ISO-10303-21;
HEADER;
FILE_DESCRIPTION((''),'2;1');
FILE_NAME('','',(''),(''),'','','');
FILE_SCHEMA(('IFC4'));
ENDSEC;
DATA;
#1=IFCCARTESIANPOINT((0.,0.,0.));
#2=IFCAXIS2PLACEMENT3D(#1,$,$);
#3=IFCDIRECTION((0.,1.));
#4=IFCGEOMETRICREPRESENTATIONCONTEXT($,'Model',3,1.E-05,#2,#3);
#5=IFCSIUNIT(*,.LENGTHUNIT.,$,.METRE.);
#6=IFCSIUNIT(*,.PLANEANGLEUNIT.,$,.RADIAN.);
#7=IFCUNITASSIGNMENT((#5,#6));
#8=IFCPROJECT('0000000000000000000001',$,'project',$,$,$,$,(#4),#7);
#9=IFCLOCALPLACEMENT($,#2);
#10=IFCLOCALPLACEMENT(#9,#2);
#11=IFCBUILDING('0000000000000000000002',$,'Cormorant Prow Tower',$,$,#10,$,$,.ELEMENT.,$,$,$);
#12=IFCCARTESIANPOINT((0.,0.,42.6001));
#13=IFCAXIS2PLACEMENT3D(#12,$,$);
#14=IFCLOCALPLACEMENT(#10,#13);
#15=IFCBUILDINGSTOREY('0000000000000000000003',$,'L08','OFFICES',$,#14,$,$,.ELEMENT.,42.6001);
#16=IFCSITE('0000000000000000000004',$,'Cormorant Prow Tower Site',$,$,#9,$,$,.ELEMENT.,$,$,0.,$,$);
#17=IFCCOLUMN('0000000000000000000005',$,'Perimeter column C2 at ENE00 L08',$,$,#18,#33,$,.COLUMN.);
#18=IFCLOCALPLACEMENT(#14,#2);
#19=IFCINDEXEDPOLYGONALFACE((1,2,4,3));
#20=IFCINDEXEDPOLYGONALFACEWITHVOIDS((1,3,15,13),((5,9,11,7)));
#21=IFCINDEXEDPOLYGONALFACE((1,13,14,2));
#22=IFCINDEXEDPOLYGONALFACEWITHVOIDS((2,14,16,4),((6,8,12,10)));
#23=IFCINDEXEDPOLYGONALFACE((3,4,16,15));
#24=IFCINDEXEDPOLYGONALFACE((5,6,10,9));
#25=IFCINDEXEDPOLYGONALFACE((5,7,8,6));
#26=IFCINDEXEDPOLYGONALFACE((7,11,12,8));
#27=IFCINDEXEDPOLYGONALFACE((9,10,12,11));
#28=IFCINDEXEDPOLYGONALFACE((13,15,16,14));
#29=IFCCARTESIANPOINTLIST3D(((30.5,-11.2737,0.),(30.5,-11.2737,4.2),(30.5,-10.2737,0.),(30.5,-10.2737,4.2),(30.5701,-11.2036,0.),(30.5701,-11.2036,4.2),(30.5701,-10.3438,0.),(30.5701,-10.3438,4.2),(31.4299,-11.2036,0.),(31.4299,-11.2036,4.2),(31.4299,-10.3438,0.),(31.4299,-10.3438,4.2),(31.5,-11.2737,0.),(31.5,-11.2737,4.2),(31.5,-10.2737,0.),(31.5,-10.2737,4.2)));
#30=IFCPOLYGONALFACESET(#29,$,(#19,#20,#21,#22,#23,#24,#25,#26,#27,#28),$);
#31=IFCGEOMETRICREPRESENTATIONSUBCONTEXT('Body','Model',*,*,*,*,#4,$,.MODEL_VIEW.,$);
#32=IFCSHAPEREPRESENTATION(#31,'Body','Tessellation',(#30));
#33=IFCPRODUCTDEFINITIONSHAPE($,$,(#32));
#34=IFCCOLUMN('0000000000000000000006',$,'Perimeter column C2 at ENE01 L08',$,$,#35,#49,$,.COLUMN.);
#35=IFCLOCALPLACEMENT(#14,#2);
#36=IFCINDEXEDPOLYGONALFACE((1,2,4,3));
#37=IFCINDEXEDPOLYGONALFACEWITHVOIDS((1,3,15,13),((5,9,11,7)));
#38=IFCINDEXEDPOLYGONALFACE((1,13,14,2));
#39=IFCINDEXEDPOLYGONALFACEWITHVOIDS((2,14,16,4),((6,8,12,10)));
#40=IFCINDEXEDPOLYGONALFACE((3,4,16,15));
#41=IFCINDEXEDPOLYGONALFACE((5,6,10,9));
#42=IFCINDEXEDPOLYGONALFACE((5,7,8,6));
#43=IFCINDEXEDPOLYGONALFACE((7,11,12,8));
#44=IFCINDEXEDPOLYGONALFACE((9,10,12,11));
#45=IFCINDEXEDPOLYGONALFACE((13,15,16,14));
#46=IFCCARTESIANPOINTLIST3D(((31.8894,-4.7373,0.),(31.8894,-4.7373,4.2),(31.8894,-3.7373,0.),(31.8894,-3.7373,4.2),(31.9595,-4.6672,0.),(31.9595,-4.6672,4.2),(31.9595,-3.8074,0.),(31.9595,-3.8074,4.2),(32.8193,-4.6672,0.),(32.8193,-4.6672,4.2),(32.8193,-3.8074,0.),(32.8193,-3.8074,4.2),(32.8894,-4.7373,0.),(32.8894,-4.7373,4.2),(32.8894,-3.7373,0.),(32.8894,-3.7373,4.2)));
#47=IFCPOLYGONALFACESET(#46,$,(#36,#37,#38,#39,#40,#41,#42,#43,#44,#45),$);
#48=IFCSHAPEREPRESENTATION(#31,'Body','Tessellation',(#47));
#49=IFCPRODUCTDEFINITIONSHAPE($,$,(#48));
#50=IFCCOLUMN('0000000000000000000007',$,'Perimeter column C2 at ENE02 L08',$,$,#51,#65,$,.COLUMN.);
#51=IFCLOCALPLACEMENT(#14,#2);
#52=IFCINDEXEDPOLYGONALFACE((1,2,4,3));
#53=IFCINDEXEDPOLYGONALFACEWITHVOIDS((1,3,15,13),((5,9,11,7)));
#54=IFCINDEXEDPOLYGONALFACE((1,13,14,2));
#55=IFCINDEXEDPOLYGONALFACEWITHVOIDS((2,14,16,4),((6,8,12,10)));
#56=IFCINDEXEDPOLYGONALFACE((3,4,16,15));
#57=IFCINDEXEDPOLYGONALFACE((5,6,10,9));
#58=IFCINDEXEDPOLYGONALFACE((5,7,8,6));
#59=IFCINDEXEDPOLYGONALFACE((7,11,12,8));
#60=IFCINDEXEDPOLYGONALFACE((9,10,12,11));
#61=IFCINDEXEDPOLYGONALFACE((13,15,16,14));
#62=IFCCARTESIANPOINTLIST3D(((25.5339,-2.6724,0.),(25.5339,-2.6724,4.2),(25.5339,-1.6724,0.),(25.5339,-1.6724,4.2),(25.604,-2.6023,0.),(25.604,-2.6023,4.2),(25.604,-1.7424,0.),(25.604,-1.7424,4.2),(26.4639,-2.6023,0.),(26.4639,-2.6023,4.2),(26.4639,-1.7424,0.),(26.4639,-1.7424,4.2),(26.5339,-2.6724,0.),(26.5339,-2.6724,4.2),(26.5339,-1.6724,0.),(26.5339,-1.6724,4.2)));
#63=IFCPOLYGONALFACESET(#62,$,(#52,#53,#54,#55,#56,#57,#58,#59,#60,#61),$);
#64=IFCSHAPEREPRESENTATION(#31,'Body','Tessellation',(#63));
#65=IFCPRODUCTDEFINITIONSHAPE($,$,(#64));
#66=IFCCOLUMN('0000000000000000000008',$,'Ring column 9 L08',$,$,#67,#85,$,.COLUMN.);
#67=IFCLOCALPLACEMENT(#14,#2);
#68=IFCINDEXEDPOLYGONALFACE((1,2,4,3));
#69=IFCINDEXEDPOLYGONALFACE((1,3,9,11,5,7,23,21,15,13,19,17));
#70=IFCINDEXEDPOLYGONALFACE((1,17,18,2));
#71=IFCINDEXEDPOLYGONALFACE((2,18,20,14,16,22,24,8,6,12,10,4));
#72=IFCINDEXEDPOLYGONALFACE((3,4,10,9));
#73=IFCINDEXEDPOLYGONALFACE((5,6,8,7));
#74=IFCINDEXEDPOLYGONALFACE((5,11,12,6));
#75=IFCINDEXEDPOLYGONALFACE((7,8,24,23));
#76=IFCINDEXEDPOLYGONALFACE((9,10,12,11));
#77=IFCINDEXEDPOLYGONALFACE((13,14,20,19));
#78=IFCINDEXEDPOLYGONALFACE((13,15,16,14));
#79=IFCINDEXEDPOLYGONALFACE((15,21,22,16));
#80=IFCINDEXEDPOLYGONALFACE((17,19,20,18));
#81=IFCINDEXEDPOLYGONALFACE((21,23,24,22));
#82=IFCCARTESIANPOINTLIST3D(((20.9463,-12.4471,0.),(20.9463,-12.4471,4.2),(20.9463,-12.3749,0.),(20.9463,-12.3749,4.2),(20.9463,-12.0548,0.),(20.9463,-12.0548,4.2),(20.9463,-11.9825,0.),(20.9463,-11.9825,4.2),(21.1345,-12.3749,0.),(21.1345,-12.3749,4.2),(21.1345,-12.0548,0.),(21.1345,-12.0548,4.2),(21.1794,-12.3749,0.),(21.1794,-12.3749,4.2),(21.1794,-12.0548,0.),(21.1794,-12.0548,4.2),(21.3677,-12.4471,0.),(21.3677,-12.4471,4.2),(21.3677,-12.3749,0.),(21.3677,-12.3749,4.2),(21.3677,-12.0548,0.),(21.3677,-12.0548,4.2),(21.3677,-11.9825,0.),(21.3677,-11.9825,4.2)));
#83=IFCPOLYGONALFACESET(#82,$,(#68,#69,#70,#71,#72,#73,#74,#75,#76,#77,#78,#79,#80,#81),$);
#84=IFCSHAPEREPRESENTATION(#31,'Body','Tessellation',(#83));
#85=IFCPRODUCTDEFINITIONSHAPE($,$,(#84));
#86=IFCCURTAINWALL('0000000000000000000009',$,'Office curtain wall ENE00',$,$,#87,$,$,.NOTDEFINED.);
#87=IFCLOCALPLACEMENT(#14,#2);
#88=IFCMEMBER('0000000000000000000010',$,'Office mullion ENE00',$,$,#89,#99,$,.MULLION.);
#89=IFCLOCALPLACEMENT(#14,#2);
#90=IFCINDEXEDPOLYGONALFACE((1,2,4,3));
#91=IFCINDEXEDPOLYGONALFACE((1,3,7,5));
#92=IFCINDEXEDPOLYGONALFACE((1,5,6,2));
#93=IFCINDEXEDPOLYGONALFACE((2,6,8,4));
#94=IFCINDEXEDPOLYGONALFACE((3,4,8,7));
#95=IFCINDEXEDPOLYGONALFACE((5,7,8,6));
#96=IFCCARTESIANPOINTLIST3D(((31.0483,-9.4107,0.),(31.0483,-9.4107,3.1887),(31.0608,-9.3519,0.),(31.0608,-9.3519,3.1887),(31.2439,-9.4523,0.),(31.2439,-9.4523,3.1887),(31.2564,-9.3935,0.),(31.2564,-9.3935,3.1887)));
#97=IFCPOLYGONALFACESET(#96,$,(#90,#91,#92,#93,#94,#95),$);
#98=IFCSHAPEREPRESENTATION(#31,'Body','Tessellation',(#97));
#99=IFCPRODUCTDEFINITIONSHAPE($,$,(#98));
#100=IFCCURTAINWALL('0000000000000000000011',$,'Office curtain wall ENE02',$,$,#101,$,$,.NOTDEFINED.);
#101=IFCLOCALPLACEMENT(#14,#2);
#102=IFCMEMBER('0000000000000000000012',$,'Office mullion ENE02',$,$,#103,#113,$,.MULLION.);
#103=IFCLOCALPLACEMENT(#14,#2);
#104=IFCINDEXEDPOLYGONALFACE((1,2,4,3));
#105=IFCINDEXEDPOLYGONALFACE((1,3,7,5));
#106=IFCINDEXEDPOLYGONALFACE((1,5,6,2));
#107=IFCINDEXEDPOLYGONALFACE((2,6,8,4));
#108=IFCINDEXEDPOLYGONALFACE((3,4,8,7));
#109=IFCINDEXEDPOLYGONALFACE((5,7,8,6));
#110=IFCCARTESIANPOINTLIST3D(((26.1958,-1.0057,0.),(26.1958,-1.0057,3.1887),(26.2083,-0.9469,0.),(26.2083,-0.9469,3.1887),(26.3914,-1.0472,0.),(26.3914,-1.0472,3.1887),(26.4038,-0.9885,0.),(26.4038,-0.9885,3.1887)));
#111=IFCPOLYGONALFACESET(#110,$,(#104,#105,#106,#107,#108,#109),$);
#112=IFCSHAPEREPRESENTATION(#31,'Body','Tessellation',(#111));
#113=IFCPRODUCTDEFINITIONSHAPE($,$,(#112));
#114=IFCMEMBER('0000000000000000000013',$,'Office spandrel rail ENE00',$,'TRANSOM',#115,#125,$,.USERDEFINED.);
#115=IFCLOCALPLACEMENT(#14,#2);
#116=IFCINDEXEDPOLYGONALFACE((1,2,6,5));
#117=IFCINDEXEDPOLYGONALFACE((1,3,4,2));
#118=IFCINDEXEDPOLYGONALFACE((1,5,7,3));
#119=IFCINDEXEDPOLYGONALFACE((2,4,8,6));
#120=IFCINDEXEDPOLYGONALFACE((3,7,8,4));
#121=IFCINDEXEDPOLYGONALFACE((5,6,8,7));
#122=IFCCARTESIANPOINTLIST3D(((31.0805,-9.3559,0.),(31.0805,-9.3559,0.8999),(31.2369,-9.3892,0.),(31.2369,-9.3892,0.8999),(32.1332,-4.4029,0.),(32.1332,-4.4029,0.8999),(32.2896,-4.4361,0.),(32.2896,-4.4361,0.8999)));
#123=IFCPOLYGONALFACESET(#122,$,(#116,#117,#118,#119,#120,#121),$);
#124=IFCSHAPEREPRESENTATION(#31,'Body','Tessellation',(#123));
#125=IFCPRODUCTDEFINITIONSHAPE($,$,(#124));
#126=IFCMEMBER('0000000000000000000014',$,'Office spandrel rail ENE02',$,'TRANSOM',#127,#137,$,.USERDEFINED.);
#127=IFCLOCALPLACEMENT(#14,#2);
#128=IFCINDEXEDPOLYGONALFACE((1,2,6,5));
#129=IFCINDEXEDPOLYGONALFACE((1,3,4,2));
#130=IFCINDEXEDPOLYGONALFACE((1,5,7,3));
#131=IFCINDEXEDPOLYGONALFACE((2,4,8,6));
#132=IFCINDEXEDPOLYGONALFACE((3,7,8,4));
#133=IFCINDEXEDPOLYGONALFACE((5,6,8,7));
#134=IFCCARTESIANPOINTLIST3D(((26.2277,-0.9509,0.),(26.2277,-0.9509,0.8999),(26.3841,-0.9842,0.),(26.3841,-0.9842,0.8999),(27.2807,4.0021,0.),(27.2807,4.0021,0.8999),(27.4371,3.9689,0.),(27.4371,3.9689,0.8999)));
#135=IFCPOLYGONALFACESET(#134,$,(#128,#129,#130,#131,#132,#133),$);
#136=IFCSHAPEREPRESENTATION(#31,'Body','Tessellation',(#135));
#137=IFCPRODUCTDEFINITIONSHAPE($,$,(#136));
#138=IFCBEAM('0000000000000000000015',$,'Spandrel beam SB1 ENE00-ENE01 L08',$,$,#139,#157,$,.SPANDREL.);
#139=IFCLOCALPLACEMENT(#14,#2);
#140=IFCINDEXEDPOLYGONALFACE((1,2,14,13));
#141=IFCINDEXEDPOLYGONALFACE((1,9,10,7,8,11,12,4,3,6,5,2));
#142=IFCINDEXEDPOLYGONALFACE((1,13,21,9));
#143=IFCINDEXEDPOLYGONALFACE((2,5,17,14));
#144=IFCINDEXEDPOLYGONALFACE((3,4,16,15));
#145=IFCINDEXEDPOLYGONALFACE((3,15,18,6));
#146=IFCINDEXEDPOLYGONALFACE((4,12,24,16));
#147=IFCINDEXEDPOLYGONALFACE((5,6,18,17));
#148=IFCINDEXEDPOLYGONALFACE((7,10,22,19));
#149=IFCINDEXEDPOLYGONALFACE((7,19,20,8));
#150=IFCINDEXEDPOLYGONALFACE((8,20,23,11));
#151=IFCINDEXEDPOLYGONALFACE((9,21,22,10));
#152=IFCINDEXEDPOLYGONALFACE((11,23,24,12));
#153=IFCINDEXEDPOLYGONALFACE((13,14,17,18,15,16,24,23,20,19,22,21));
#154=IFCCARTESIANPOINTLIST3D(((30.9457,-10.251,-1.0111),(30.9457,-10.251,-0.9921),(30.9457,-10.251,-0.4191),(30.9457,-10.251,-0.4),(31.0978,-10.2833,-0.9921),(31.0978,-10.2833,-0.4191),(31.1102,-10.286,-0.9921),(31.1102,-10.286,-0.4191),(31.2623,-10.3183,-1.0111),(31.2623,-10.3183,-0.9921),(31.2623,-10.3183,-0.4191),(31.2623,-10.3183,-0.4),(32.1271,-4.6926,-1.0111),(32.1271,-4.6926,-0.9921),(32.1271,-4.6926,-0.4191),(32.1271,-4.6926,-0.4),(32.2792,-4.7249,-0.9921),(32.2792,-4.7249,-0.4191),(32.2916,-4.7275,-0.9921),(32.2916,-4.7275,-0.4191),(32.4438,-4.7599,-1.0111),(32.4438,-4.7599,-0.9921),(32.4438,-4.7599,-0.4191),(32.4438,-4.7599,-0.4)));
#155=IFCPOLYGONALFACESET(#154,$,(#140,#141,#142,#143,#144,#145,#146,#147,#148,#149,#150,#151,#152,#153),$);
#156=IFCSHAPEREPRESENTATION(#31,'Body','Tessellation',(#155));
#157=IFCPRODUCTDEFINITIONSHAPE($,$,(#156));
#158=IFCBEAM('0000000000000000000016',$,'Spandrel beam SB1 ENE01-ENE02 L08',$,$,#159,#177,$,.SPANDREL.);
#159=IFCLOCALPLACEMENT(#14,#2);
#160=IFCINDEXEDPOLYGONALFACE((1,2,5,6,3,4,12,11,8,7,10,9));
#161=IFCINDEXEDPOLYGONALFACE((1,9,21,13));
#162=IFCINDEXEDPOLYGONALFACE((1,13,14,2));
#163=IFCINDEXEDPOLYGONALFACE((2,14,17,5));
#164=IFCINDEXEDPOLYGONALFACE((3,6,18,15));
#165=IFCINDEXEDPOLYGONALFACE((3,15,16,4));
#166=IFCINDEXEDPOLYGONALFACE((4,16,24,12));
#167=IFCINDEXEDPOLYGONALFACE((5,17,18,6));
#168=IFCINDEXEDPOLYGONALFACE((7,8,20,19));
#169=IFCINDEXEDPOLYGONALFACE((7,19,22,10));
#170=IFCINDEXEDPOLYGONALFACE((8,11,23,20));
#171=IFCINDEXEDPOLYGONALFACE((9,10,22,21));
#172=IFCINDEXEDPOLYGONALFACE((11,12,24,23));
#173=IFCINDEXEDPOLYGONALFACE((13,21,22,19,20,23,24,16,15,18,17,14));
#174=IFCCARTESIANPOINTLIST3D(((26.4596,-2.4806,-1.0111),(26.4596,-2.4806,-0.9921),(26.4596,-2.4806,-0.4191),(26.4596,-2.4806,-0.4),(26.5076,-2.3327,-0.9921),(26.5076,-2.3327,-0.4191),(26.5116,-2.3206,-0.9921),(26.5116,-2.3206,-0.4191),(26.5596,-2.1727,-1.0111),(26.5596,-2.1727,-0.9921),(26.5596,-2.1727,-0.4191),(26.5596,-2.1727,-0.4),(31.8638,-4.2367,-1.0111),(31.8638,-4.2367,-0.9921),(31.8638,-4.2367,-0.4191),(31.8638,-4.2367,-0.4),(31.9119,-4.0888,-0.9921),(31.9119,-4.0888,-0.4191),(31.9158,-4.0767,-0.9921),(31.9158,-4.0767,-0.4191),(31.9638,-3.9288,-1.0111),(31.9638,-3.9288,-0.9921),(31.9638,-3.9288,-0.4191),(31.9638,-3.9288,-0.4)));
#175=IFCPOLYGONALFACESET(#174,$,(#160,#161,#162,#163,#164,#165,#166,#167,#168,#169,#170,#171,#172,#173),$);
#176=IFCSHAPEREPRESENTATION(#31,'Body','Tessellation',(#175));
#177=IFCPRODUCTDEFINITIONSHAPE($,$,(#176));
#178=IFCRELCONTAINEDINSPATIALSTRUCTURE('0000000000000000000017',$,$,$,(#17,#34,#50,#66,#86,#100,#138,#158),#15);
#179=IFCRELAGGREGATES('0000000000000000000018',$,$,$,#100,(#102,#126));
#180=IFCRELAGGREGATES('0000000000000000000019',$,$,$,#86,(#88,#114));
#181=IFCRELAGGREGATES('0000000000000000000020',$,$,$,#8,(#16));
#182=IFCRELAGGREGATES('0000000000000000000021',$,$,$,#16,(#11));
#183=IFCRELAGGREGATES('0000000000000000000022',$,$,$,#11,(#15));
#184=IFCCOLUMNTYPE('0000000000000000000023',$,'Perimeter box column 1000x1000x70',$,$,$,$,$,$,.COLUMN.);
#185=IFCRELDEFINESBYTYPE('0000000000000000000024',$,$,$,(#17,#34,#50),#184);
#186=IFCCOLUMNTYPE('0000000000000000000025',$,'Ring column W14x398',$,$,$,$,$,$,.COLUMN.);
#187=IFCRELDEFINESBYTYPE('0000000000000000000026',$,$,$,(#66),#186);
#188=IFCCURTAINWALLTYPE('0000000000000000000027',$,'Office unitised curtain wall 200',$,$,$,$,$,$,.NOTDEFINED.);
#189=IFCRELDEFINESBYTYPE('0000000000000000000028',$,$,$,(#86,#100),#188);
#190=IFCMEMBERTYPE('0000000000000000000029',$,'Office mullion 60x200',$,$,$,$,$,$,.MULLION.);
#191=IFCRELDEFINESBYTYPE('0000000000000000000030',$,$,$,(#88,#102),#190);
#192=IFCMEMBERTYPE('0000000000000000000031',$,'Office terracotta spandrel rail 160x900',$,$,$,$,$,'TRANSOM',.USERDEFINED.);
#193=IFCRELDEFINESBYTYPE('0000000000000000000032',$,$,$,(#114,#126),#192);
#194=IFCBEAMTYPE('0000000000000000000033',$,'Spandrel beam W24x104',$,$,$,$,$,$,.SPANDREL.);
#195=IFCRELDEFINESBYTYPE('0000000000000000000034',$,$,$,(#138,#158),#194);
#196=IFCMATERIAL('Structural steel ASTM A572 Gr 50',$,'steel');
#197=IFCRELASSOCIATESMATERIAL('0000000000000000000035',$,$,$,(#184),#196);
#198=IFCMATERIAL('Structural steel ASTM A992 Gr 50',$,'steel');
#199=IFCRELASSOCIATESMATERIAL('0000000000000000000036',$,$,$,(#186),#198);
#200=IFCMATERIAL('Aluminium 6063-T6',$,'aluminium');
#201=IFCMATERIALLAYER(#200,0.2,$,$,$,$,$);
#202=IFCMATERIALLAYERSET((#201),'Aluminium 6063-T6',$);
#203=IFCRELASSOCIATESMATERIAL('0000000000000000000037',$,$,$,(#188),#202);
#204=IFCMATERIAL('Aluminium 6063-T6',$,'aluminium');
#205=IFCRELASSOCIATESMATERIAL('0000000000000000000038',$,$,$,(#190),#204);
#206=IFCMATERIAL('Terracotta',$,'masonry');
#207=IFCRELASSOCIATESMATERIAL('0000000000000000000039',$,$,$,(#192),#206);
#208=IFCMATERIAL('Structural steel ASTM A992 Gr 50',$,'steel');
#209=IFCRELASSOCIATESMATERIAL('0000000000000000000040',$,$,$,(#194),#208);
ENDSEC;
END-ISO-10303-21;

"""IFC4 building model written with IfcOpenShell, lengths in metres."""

from ifc_helpers import new_model, si_unit, direction, frame, origin, origin_2d, place, context, subcontext, project, spatial, rectangle, hollow_rectangle, i_section, extrude, material, layer, layer_set, material_profile, profile_set, type_object, element, aggregate, save


model = new_model("IFC4")

# Units and contexts
model_context = context("Model", 3, precision=1e-05, world=origin(), true_north=direction((0.0, 1.0)))
body_context = subcontext(model_context, "Body", "Model", "MODEL_VIEW")
ifc_project = project(units=[si_unit("LENGTHUNIT", "METRE"), si_unit("PLANEANGLEUNIT", "RADIAN")], contexts=[model_context])

# Site, building, storey
site_placement = place(None, origin())
site = spatial("IfcSite", under=ifc_project, at=site_placement, Name="Cormorant Prow Tower Site", CompositionType="ELEMENT", RefElevation=0.0)
building_placement = place(site_placement, origin())
building = spatial("IfcBuilding", under=site, at=building_placement, Name="Cormorant Prow Tower", CompositionType="ELEMENT")
storey_placement = place(building_placement, frame((0.0, 0.0, 42.6001)))
storey = spatial("IfcBuildingStorey", under=building, at=storey_placement, Name="L08", Description="OFFICES", CompositionType="ELEMENT", Elevation=42.6001)

# Columns
ifc_material_1 = material(Name="Structural steel ASTM A572 Gr 50", Category="steel")
ifc_material_profile_1 = material_profile(ifc_material_1, hollow_rectangle(XDim=1.0, YDim=1.0, WallThickness=0.0701, at=origin_2d()), Name="Box 1000x1000x70")
ifc_profile_set_1 = profile_set([ifc_material_profile_1], Name="Structural steel ASTM A572 Gr 50")
column_type_1 = type_object("IfcColumnType", Name="Perimeter box column 1000x1000x70", PredefinedType="COLUMN", material=ifc_profile_set_1)
for number, where, z_axis, x_axis, name in (
    (1, (31.0, -10.7737, 0.0), (0.0, 0.0, 1.0), (1.0, 0.0, 0.0), "Perimeter column C2 at ENE00 L08"),
    (2, (32.3894, -4.2373, 0.0), (0.0, 0.0, 1.0), (1.0, 0.0, 0.0), "Perimeter column C2 at ENE01 L08"),
    (3, (26.0339, -2.1724, 0.0), (0.0, 0.0, 1.0), (1.0, 0.0, 0.0), "Perimeter column C2 at ENE02 L08"),
):
    element("IfcColumn", number, at=place(storey_placement, frame(where, z_axis=z_axis, x_axis=x_axis)), inside=storey, type_object=column_type_1, Name=name, PredefinedType="COLUMN", context=body_context, shape_type="SweptSolid", body=[
        extrude(hollow_rectangle(XDim=1.0, YDim=1.0, WallThickness=0.0701, at=origin_2d()), origin(), (0.0, 0.0, 1.0), 4.2),
    ])
ifc_material_2 = material(Name="Structural steel ASTM A992 Gr 50", Category="steel")
ifc_material_profile_2 = material_profile(ifc_material_2, i_section(OverallWidth=0.4214, OverallDepth=0.4646, WebThickness=0.0449, FlangeThickness=0.0723, at=origin_2d()), Name="W14x398")
ifc_profile_set_2 = profile_set([ifc_material_profile_2], Name="Structural steel ASTM A992 Gr 50")
column_type_2 = type_object("IfcColumnType", Name="Ring column W14x398", PredefinedType="COLUMN", material=ifc_profile_set_2)
column_placement = place(storey_placement, frame((21.157, -12.2148, 0.0), z_axis=(0.0, 0.0, 1.0), x_axis=(1.0, 0.0, 0.0)))
element("IfcColumn", 4, at=column_placement, inside=storey, type_object=column_type_2, Name="Ring column 9 L08", PredefinedType="COLUMN", context=body_context, shape_type="SweptSolid", body=[
    extrude(i_section(OverallWidth=0.4214, OverallDepth=0.4646, WebThickness=0.0449, FlangeThickness=0.0723, at=origin_2d()), origin(), (0.0, 0.0, 1.0), 4.2),
])

# Curtain walls, members
ifc_material_3 = material(Name="Aluminium 6063-T6", Category="aluminium")
ifc_layer_1 = layer(ifc_material_3, 0.2)
ifc_layer_set_1 = layer_set([ifc_layer_1], Name="Aluminium 6063-T6")
curtain_wall_type = type_object("IfcCurtainWallType", Name="Office unitised curtain wall 200", PredefinedType="NOTDEFINED", material=ifc_layer_set_1)
curtain_wall_1_placement = place(storey_placement, origin())
curtain_wall_1 = element("IfcCurtainWall", 5, at=curtain_wall_1_placement, inside=storey, type_object=curtain_wall_type, Name="Office curtain wall ENE00", PredefinedType="NOTDEFINED")
ifc_material_4 = material(Name="Aluminium 6063-T6", Category="aluminium")
ifc_material_profile_3 = material_profile(ifc_material_4, rectangle(XDim=0.2, YDim=0.0601, at=origin_2d()), Name="Office mullion 60x200")
ifc_profile_set_3 = profile_set([ifc_material_profile_3], Name="Aluminium 6063-T6")
member_type_1 = type_object("IfcMemberType", Name="Office mullion 60x200", PredefinedType="MULLION", material=ifc_profile_set_3)
member_1_placement = place(storey_placement, frame((31.1523, -9.4021, 0.0), z_axis=(0.0, 0.0, 1.0), x_axis=(-0.978148, 0.207912, 0.0)))
member_1 = element("IfcMember", 6, at=member_1_placement, type_object=member_type_1, Name="Office mullion ENE00", PredefinedType="MULLION", context=body_context, shape_type="SweptSolid", body=[
    extrude(rectangle(XDim=0.2, YDim=0.0601, at=origin_2d()), origin(), (0.0, 0.0, 1.0), 3.1887),
])
curtain_wall_2_placement = place(storey_placement, origin())
curtain_wall_2 = element("IfcCurtainWall", 7, at=curtain_wall_2_placement, inside=storey, type_object=curtain_wall_type, Name="Office curtain wall ENE02", PredefinedType="NOTDEFINED")
member_2_placement = place(storey_placement, frame((26.2998, -0.9971, 0.0), z_axis=(0.0, 0.0, 1.0), x_axis=(-0.978148, 0.207912, 0.0)))
member_2 = element("IfcMember", 8, at=member_2_placement, type_object=member_type_1, Name="Office mullion ENE02", PredefinedType="MULLION", context=body_context, shape_type="SweptSolid", body=[
    extrude(rectangle(XDim=0.2, YDim=0.0601, at=origin_2d()), origin(), (0.0, 0.0, 1.0), 3.1887),
])

# Members
ifc_material_5 = material(Name="Terracotta", Category="masonry")
ifc_material_profile_4 = material_profile(ifc_material_5, rectangle(XDim=0.1599, YDim=0.8999, at=origin_2d()), Name="Office terracotta spandrel rail 160x900")
ifc_profile_set_4 = profile_set([ifc_material_profile_4], Name="Terracotta")
member_type_2 = type_object("IfcMemberType", Name="Office terracotta spandrel rail 160x900", ElementType="TRANSOM", PredefinedType="USERDEFINED", material=ifc_profile_set_4)
member_3_placement = place(storey_placement, frame((31.1587, -9.3726, 0.45), z_axis=(0.207896, 0.978151, 0.0), x_axis=(-0.978151, 0.207896, 0.0)))
member_3 = element("IfcMember", 9, at=member_3_placement, type_object=member_type_2, Name="Office spandrel rail ENE00", ObjectType="TRANSOM", PredefinedType="USERDEFINED", context=body_context, shape_type="SweptSolid", body=[
    extrude(rectangle(XDim=0.1599, YDim=0.8999, at=origin_2d()), origin(), (0.0, 0.0, 1.0), 5.0637),
])
member_4_placement = place(storey_placement, frame((26.3059, -0.9675, 0.45), z_axis=(0.207942, 0.978141, 0.0), x_axis=(-0.978141, 0.207942, 0.0)))
member_4 = element("IfcMember", 10, at=member_4_placement, type_object=member_type_2, Name="Office spandrel rail ENE02", ObjectType="TRANSOM", PredefinedType="USERDEFINED", context=body_context, shape_type="SweptSolid", body=[
    extrude(rectangle(XDim=0.1599, YDim=0.8999, at=origin_2d()), origin(), (0.0, 0.0, 1.0), 5.0637),
])
aggregate(curtain_wall_2, [member_2, member_4])

# Beams
ifc_material_6 = material(Name="Structural steel ASTM A992 Gr 50", Category="steel")
ifc_material_profile_5 = material_profile(ifc_material_6, i_section(OverallWidth=0.3237, OverallDepth=0.6111, WebThickness=0.0127, FlangeThickness=0.019, at=origin_2d()), Name="W24x104")
ifc_profile_set_5 = profile_set([ifc_material_profile_5], Name="Structural steel ASTM A992 Gr 50")
beam_type = type_object("IfcBeamType", Name="Spandrel beam W24x104", PredefinedType="SPANDREL", material=ifc_profile_set_5)
beam_1_placement = place(storey_placement, frame((31.104, -10.2847, -0.7056), z_axis=(0.2079, 0.97815, 0.0), x_axis=(-0.97815, 0.2079, 0.0)))
element("IfcBeam", 11, at=beam_1_placement, inside=storey, type_object=beam_type, Name="Spandrel beam SB1 ENE00-ENE01 L08", PredefinedType="SPANDREL", context=body_context, shape_type="SweptSolid", body=[
    extrude(i_section(OverallWidth=0.3237, OverallDepth=0.6111, WebThickness=0.0127, FlangeThickness=0.019, at=origin_2d()), origin(), (0.0, 0.0, 1.0), 5.6826),
])
beam_2_placement = place(storey_placement, frame((31.9138, -4.0828, -0.7056), z_axis=(-0.951049, 0.309039, 0.0), x_axis=(-0.309039, -0.951049, 0.0)))
element("IfcBeam", 12, at=beam_2_placement, inside=storey, type_object=beam_type, Name="Spandrel beam SB1 ENE01-ENE02 L08", PredefinedType="SPANDREL", context=body_context, shape_type="SweptSolid", body=[
    extrude(i_section(OverallWidth=0.3237, OverallDepth=0.6111, WebThickness=0.0127, FlangeThickness=0.019, at=origin_2d()), origin(), (0.0, 0.0, 1.0), 5.6824),
])

aggregate(curtain_wall_1, [member_1, member_3])

save(model, "model.ifc")
